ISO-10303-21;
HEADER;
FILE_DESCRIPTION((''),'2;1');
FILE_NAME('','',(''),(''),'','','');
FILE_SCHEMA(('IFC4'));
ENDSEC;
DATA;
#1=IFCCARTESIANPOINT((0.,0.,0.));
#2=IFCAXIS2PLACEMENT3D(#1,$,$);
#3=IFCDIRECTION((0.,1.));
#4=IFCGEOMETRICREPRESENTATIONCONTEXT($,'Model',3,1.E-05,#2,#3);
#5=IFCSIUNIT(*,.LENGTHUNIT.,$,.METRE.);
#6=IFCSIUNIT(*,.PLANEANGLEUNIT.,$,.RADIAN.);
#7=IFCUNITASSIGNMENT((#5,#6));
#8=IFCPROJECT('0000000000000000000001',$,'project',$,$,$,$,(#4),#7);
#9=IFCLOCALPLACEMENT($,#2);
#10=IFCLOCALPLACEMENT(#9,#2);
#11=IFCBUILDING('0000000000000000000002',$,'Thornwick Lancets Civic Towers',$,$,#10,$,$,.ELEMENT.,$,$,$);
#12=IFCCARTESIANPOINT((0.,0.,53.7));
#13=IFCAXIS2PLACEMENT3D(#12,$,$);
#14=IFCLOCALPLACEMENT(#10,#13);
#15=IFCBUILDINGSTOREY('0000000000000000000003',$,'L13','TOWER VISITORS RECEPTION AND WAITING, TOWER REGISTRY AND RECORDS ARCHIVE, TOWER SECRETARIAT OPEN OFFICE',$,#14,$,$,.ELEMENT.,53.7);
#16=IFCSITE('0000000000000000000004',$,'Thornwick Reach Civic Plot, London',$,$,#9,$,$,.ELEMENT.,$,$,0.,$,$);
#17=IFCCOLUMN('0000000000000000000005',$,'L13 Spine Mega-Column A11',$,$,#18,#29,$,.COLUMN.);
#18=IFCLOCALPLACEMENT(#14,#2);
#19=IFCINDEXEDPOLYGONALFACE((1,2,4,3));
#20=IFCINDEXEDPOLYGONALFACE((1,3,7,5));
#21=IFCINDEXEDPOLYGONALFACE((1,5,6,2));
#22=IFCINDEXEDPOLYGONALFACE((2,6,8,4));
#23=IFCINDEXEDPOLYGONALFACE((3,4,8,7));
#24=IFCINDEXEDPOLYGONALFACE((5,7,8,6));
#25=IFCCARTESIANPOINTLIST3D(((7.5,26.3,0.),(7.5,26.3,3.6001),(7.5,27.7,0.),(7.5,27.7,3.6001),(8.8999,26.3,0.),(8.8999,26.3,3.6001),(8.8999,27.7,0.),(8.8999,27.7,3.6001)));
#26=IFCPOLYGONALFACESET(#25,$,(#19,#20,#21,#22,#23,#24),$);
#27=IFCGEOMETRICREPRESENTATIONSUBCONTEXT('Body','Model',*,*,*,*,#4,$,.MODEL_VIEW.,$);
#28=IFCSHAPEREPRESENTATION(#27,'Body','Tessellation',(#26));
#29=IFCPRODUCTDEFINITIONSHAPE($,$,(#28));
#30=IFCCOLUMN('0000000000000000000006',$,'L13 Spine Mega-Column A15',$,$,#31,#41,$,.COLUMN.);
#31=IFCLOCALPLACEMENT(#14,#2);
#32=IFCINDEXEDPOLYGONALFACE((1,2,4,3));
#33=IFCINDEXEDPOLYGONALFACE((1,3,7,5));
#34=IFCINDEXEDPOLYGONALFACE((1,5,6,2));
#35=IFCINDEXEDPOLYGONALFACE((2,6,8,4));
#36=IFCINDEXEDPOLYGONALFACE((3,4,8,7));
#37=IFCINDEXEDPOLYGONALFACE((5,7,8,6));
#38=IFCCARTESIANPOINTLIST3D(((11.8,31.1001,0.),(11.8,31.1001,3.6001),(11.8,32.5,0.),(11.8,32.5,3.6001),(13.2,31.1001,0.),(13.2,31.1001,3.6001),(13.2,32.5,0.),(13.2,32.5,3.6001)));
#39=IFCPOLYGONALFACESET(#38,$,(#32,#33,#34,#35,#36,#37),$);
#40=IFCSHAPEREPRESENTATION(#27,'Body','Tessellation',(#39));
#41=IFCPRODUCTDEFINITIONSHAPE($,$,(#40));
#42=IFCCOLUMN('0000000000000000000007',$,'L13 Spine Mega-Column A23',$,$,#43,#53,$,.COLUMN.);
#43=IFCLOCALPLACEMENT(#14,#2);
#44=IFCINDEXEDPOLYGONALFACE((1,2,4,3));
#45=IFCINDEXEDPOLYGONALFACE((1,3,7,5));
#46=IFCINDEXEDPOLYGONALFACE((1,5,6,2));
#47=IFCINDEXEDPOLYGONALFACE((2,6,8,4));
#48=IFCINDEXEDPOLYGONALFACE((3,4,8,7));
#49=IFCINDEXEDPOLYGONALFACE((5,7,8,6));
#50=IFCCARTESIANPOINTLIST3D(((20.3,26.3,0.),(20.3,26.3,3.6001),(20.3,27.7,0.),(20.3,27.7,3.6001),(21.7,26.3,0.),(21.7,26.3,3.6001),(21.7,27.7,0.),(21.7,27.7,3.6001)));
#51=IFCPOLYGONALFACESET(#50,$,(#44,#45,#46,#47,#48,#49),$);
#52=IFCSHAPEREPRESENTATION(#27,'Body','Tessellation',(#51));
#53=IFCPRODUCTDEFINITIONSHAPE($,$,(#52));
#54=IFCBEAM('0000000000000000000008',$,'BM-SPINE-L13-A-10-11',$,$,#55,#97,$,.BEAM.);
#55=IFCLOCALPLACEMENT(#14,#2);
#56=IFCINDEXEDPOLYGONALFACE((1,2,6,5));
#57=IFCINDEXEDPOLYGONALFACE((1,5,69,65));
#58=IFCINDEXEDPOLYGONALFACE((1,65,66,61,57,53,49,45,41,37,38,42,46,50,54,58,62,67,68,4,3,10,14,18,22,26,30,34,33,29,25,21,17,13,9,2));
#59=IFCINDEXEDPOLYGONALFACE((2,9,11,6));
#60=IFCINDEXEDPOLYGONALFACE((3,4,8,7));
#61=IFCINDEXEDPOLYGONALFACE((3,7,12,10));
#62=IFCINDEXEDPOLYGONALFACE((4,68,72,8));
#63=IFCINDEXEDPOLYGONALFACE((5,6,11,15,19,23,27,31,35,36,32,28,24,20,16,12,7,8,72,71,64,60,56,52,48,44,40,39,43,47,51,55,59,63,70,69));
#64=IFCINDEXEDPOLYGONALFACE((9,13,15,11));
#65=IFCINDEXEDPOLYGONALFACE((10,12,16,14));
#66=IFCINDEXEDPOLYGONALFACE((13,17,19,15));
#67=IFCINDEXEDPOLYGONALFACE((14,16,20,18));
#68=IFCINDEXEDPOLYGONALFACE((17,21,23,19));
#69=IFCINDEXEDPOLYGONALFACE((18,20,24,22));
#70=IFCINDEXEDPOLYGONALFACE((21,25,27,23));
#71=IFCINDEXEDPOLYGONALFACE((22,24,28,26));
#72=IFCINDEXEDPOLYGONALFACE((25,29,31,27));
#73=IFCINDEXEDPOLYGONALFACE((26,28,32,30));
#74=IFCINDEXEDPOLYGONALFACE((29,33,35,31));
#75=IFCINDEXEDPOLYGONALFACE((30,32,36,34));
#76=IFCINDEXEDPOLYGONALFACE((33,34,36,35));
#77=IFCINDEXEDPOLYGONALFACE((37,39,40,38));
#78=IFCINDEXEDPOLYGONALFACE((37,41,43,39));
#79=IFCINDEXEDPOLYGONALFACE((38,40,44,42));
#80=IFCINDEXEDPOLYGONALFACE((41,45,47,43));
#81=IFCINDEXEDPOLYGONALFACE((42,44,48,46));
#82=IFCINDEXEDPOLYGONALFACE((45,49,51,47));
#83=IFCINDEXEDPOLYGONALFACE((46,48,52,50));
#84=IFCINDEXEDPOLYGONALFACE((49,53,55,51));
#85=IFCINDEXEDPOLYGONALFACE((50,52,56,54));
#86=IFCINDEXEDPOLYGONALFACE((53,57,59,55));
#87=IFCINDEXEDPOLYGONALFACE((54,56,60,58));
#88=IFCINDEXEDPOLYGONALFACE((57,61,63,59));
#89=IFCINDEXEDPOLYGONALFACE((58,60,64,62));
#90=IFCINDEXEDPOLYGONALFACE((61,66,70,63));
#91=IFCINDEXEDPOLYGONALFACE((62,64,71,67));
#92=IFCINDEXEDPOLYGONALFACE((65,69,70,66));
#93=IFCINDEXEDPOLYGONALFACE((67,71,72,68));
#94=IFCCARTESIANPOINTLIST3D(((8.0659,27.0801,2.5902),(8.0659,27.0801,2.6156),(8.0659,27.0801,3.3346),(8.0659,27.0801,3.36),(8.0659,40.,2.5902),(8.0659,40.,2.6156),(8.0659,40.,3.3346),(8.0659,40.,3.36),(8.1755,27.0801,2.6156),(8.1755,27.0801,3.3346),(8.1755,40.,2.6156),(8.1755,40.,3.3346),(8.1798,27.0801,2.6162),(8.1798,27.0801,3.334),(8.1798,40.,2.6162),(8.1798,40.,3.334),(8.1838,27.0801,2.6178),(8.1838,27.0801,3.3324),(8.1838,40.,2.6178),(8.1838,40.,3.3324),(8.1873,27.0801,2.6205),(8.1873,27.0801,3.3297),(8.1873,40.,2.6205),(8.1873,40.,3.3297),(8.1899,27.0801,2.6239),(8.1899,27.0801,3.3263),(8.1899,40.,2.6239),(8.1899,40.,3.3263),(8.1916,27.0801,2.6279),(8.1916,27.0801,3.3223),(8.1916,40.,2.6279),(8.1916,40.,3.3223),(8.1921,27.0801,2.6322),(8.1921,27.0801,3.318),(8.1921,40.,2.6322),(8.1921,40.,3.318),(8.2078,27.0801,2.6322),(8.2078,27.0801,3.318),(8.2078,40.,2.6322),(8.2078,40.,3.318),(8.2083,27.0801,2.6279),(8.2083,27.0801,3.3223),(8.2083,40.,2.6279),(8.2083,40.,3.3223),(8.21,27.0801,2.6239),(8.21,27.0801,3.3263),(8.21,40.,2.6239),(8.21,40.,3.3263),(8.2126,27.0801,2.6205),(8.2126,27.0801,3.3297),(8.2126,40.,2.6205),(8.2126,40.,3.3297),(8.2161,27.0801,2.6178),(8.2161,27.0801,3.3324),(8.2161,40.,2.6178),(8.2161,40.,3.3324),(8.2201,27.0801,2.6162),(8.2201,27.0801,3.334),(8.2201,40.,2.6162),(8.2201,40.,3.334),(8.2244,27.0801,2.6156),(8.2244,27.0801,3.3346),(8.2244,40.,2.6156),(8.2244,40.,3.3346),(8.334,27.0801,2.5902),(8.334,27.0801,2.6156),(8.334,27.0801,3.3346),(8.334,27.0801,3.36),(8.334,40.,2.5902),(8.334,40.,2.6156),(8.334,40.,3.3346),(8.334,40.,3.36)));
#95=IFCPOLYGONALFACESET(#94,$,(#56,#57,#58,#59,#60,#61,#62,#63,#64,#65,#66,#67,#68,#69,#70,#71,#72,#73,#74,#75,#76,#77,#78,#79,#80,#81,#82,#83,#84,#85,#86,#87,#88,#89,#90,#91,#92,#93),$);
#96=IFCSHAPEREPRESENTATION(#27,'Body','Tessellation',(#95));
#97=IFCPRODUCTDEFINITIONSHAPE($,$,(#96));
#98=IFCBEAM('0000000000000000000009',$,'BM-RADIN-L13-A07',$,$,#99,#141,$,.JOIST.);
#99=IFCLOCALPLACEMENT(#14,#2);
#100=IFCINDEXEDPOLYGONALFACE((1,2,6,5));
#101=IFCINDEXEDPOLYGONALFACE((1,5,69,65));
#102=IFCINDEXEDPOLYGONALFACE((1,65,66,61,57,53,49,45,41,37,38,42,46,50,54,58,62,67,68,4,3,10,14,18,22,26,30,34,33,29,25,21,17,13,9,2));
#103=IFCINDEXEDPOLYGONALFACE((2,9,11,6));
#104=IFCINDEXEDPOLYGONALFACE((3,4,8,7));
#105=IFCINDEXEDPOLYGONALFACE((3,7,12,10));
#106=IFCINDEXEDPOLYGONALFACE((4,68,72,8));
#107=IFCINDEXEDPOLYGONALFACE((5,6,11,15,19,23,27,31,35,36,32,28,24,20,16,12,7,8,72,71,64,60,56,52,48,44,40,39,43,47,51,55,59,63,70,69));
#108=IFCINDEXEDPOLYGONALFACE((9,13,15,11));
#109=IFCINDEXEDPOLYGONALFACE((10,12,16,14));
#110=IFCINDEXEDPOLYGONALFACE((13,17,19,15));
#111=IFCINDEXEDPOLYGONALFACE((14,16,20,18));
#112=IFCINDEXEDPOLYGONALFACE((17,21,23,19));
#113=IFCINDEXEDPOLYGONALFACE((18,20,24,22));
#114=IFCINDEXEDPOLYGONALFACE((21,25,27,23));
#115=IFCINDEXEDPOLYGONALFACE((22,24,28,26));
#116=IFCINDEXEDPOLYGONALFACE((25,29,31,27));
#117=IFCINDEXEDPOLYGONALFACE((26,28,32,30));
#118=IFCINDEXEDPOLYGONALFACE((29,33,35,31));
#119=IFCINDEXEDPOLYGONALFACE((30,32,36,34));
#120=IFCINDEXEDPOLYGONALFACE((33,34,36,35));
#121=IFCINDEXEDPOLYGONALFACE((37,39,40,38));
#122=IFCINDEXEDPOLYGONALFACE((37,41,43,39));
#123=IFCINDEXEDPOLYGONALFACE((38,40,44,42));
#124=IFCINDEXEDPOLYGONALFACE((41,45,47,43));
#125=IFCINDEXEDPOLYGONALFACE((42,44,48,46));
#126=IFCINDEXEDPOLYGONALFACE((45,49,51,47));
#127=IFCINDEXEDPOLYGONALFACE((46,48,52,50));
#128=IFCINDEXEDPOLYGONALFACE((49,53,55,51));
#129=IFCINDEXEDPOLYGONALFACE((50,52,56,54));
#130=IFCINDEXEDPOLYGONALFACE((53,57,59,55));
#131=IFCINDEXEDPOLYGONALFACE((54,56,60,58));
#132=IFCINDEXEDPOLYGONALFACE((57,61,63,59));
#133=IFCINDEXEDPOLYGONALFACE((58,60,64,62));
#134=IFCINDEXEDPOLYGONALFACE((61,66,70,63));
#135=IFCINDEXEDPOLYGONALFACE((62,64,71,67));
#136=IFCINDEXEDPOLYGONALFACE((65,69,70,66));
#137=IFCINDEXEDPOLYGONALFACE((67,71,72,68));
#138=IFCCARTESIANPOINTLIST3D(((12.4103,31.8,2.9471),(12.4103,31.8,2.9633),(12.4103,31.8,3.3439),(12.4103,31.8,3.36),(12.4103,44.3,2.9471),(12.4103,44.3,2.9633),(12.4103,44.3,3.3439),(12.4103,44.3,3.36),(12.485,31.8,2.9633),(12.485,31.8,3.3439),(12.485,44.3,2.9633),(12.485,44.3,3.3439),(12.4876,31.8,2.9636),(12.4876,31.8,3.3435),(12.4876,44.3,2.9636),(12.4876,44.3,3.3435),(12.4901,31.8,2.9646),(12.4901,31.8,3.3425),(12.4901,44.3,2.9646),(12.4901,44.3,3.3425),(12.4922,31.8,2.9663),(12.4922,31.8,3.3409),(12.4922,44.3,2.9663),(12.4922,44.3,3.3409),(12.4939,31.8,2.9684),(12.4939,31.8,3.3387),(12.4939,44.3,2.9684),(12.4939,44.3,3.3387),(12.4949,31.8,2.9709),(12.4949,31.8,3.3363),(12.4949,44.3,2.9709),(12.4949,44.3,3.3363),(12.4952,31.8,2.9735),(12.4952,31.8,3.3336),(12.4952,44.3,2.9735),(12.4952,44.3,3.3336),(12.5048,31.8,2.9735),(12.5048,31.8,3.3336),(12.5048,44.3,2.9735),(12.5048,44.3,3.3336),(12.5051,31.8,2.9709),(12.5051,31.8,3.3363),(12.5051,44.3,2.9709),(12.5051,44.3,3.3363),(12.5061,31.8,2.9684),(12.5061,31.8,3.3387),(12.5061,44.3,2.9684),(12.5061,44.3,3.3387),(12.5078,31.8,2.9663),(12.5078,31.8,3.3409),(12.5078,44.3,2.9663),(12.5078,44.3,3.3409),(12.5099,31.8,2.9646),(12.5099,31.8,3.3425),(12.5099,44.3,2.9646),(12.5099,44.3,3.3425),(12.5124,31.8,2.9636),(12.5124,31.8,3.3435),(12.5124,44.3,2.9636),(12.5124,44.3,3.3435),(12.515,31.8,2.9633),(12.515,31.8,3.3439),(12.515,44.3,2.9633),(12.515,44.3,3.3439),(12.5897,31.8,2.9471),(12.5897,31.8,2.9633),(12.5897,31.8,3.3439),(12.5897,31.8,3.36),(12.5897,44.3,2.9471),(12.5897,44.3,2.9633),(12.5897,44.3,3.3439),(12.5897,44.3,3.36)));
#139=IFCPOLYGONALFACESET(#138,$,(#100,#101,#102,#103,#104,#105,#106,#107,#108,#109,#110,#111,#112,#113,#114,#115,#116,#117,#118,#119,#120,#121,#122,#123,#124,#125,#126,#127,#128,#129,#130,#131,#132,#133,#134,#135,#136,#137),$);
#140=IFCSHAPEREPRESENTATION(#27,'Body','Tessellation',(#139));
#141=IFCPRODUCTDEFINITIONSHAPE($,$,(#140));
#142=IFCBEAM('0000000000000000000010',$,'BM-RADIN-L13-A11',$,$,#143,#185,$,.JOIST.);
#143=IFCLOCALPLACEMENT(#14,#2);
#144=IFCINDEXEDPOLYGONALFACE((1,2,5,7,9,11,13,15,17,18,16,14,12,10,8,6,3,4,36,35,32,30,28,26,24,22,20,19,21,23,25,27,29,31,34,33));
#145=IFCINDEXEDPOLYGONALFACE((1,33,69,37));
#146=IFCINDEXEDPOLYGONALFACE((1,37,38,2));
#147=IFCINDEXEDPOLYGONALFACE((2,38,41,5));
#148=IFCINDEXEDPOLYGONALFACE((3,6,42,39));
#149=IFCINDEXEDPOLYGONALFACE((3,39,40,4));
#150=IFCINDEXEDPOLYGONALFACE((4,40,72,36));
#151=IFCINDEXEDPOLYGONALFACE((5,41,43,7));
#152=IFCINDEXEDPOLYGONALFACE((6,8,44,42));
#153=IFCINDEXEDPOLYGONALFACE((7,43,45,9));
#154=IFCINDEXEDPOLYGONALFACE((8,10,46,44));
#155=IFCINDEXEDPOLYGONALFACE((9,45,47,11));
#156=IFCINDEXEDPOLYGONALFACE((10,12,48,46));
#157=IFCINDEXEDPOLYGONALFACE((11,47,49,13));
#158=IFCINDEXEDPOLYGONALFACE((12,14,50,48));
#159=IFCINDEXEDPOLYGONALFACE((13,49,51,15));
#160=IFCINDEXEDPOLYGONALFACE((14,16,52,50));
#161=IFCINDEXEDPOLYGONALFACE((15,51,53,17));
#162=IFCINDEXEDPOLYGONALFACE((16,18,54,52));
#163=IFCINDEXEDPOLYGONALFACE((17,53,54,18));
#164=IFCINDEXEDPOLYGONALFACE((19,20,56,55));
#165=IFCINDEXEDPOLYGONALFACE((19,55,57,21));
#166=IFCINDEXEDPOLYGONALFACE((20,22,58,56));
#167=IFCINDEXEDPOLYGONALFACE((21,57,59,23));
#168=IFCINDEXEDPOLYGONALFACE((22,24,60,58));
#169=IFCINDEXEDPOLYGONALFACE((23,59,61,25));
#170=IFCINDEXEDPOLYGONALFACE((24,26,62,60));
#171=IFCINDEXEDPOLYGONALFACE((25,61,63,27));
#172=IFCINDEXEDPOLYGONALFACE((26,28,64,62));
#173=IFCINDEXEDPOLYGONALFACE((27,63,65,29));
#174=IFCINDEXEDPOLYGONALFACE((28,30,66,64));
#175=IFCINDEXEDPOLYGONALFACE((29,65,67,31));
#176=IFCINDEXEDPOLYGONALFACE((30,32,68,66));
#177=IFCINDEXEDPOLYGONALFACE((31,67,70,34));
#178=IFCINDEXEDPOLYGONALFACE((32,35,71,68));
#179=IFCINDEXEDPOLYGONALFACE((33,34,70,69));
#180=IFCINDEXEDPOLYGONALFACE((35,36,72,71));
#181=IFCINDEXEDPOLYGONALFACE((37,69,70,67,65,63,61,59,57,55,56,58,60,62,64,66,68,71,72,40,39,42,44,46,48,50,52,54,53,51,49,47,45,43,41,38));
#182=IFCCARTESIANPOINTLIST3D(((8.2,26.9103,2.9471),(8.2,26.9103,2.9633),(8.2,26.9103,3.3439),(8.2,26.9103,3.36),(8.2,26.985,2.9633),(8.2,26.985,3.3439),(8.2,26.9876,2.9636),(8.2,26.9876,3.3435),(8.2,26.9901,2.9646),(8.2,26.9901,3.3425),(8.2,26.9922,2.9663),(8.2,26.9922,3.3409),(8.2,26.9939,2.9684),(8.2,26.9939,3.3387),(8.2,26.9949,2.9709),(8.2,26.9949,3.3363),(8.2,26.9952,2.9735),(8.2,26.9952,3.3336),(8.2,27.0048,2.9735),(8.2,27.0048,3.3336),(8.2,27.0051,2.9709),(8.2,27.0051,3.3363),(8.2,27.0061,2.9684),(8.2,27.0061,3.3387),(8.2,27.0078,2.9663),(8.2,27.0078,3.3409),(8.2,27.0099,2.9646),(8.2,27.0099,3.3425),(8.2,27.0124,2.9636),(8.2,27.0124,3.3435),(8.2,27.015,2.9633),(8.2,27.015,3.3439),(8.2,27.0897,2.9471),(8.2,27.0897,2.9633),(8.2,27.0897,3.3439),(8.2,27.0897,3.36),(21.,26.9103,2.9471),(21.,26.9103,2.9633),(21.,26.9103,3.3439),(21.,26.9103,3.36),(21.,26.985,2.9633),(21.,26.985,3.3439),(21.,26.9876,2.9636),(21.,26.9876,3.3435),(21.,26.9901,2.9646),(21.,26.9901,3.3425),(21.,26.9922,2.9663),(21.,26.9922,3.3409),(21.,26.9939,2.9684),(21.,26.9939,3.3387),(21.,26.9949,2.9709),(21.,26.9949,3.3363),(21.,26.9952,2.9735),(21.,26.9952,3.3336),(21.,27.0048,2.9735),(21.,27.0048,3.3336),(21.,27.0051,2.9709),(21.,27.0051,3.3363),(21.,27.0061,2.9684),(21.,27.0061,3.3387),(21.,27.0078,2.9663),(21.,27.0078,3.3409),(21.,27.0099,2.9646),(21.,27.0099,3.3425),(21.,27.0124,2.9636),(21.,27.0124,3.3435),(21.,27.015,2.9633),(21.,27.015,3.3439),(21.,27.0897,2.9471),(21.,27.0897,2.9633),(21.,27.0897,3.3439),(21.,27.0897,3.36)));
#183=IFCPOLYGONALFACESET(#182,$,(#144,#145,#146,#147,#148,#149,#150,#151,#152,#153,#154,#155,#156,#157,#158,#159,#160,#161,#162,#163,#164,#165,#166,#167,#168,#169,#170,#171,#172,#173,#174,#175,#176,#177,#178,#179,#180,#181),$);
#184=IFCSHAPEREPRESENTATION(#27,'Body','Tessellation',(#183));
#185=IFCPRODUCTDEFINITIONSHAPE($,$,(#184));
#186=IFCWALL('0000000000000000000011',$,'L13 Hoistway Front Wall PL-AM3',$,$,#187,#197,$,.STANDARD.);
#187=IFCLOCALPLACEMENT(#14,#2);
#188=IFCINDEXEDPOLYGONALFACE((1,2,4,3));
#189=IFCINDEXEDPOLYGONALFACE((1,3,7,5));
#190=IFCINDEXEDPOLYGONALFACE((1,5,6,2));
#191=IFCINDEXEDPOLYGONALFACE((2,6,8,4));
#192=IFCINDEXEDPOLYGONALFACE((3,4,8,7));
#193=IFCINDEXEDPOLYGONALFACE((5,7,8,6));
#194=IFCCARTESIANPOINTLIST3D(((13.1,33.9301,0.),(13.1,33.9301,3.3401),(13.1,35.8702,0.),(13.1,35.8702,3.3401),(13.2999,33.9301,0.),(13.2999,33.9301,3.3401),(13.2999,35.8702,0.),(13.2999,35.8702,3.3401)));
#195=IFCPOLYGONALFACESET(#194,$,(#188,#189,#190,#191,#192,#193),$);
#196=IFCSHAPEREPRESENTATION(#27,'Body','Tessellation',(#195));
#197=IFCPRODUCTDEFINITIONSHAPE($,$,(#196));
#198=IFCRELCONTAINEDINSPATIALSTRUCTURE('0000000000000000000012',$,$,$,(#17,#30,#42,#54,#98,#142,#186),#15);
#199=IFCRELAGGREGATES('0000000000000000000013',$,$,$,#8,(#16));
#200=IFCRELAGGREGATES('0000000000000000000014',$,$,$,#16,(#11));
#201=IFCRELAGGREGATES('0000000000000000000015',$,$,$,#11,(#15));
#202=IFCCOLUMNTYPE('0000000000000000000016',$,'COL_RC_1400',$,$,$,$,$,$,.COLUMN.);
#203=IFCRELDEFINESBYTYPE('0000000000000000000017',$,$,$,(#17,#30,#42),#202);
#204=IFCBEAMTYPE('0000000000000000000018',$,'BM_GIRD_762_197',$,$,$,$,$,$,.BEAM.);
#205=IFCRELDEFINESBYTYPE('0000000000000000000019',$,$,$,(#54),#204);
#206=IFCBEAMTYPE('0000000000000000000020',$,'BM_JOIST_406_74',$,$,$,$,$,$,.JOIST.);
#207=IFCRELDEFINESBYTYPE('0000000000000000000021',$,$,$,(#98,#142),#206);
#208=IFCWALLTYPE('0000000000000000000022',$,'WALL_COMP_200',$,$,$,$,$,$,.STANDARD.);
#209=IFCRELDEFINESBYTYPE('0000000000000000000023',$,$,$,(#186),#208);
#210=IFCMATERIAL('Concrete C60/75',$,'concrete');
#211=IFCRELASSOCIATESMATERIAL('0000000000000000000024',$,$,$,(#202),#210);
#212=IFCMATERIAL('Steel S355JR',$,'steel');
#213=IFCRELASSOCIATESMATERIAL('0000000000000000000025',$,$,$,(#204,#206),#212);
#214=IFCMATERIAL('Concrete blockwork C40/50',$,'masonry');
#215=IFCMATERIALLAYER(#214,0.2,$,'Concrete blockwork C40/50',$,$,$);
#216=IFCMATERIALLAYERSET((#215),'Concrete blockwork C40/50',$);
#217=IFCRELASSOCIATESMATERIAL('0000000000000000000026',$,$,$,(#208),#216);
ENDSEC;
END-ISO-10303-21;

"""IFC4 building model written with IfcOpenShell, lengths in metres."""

from ifc_helpers import new_model, si_unit, direction, frame, frame_2d, origin, origin_2d, place, context, subcontext, project, spatial, rectangle, i_section, extrude, material, layer, layer_set, material_profile, profile_set, type_object, element, save


model = new_model("IFC4")

# Units and contexts
model_context = context("Model", 3, precision=1e-05, world=origin(), true_north=direction((0.0, 1.0)))
body_context = subcontext(model_context, "Body", "Model", "MODEL_VIEW")
ifc_project = project(units=[si_unit("LENGTHUNIT", "METRE"), si_unit("PLANEANGLEUNIT", "RADIAN")], contexts=[model_context])

# Site, building, storey
site_placement = place(None, origin())
site = spatial("IfcSite", under=ifc_project, at=site_placement, Name="Thornwick Reach Civic Plot, London", CompositionType="ELEMENT", RefElevation=0.0)
building_placement = place(site_placement, origin())
building = spatial("IfcBuilding", under=site, at=building_placement, Name="Thornwick Lancets Civic Towers", CompositionType="ELEMENT")
storey_placement = place(building_placement, frame((0.0, 0.0, 53.7)))
storey = spatial("IfcBuildingStorey", under=building, at=storey_placement, Name="L13", Description="TOWER VISITORS RECEPTION AND WAITING, TOWER REGISTRY AND RECORDS ARCHIVE, TOWER SECRETARIAT OPEN OFFICE", CompositionType="ELEMENT", Elevation=53.7)

# Columns
ifc_material_1 = material(Name="Concrete C60/75", Category="concrete")
ifc_material_profile_1 = material_profile(ifc_material_1, rectangle(XDim=1.3999, YDim=1.3999, at=origin_2d()), Name="RC 1400x1400")
ifc_profile_set_1 = profile_set([ifc_material_profile_1], Name="Concrete C60/75")
column_type = type_object("IfcColumnType", Name="COL_RC_1400", PredefinedType="COLUMN", material=ifc_profile_set_1)
for number, where, z_axis, x_axis, name in (
    (1, (8.2, 27.0, 0.0), (0.0, 0.0, 1.0), (1.0, 0.0, 0.0), "L13 Spine Mega-Column A11"),
    (2, (12.5, 31.8, 0.0), (0.0, 0.0, 1.0), (1.0, 0.0, 0.0), "L13 Spine Mega-Column A15"),
    (3, (21.0, 27.0, 0.0), (0.0, 0.0, 1.0), (1.0, 0.0, 0.0), "L13 Spine Mega-Column A23"),
):
    element("IfcColumn", number, at=place(storey_placement, frame(where, z_axis=z_axis, x_axis=x_axis)), inside=storey, type_object=column_type, Name=name, PredefinedType="COLUMN", context=body_context, shape_type="SweptSolid", body=[
        extrude(rectangle(XDim=1.3999, YDim=1.3999, at=origin_2d()), origin(), (0.0, 0.0, 1.0), 3.6001),
    ])

# Beams
ifc_material_2 = material(Name="Steel S355JR", Category="steel")
ifc_material_profile_2 = material_profile(ifc_material_2, i_section(OverallWidth=0.2681, OverallDepth=0.7698, WebThickness=0.0156, FlangeThickness=0.0254, FilletRadius=0.0166, at=origin_2d()), Name="UKB 762x267x197")
ifc_profile_set_2 = profile_set([ifc_material_profile_2], Name="Steel S355JR")
beam_type_1 = type_object("IfcBeamType", Name="BM_GIRD_762_197", PredefinedType="BEAM", material=ifc_profile_set_2)
beam_1_placement = place(storey_placement, frame((8.2, 27.0801, 2.9751), z_axis=(0.0, 1.0, 0.0), x_axis=(-1.0, 0.0, 0.0)))
element("IfcBeam", 4, at=beam_1_placement, inside=storey, type_object=beam_type_1, Name="BM-SPINE-L13-A-10-11", PredefinedType="BEAM", context=body_context, shape_type="SweptSolid", body=[
    extrude(i_section(OverallWidth=0.2681, OverallDepth=0.7698, WebThickness=0.0156, FlangeThickness=0.0254, FilletRadius=0.0166, at=origin_2d()), origin(), (0.0, 0.0, 1.0), 12.9199),
])
ifc_material_profile_3 = material_profile(ifc_material_2, i_section(OverallWidth=0.1794, OverallDepth=0.4128, WebThickness=0.0095, FlangeThickness=0.0161, FilletRadius=0.0103, at=origin_2d()), Name="UKB 406x178x74")
ifc_profile_set_3 = profile_set([ifc_material_profile_3], Name="Steel S355JR")
beam_type_2 = type_object("IfcBeamType", Name="BM_JOIST_406_74", PredefinedType="JOIST", material=ifc_profile_set_3)
beam_2_placement = place(storey_placement, frame((12.5, 31.8, 3.1536), z_axis=(0.0, 1.0, 0.0), x_axis=(-1.0, 0.0, 0.0)))
element("IfcBeam", 5, at=beam_2_placement, inside=storey, type_object=beam_type_2, Name="BM-RADIN-L13-A07", PredefinedType="JOIST", context=body_context, shape_type="SweptSolid", body=[
    extrude(i_section(OverallWidth=0.1794, OverallDepth=0.4128, WebThickness=0.0095, FlangeThickness=0.0161, FilletRadius=0.0103, at=origin_2d()), origin(), (0.0, 0.0, 1.0), 12.5),
])
beam_3_placement = place(storey_placement, frame((21.0, 27.0, 3.1536), z_axis=(-1.0, 0.0, 0.0), x_axis=(0.0, -1.0, 0.0)))
element("IfcBeam", 6, at=beam_3_placement, inside=storey, type_object=beam_type_2, Name="BM-RADIN-L13-A11", PredefinedType="JOIST", context=body_context, shape_type="SweptSolid", body=[
    extrude(i_section(OverallWidth=0.1794, OverallDepth=0.4128, WebThickness=0.0095, FlangeThickness=0.0161, FilletRadius=0.0103, at=origin_2d()), origin(), (0.0, 0.0, 1.0), 12.8),
])

# Wall
ifc_material_3 = material(Name="Concrete blockwork C40/50", Category="masonry")
ifc_layer_1 = layer(ifc_material_3, 0.2, Name="Concrete blockwork C40/50")
ifc_layer_set_1 = layer_set([ifc_layer_1], Name="Concrete blockwork C40/50")
wall_type_1 = type_object("IfcWallType", Name="WALL_COMP_200", PredefinedType="STANDARD", material=ifc_layer_set_1)
wall_1_placement = place(storey_placement, frame((13.2, 33.9299, 0.0), z_axis=(0.0, 0.0, 1.0), x_axis=(0.0, 1.0, 0.0)))
element("IfcWall", 7, at=wall_1_placement, inside=storey, type_object=wall_type_1, Name="L13 Hoistway Front Wall PL-AM3", PredefinedType="STANDARD", context=body_context, shape_type="SweptSolid", body=[
    extrude(rectangle(XDim=1.9402, YDim=0.2, at=frame_2d((0.9702, 0.0))), origin(), (0.0, 0.0, 1.0), 3.3401),
])

save(model, "model.ifc")
